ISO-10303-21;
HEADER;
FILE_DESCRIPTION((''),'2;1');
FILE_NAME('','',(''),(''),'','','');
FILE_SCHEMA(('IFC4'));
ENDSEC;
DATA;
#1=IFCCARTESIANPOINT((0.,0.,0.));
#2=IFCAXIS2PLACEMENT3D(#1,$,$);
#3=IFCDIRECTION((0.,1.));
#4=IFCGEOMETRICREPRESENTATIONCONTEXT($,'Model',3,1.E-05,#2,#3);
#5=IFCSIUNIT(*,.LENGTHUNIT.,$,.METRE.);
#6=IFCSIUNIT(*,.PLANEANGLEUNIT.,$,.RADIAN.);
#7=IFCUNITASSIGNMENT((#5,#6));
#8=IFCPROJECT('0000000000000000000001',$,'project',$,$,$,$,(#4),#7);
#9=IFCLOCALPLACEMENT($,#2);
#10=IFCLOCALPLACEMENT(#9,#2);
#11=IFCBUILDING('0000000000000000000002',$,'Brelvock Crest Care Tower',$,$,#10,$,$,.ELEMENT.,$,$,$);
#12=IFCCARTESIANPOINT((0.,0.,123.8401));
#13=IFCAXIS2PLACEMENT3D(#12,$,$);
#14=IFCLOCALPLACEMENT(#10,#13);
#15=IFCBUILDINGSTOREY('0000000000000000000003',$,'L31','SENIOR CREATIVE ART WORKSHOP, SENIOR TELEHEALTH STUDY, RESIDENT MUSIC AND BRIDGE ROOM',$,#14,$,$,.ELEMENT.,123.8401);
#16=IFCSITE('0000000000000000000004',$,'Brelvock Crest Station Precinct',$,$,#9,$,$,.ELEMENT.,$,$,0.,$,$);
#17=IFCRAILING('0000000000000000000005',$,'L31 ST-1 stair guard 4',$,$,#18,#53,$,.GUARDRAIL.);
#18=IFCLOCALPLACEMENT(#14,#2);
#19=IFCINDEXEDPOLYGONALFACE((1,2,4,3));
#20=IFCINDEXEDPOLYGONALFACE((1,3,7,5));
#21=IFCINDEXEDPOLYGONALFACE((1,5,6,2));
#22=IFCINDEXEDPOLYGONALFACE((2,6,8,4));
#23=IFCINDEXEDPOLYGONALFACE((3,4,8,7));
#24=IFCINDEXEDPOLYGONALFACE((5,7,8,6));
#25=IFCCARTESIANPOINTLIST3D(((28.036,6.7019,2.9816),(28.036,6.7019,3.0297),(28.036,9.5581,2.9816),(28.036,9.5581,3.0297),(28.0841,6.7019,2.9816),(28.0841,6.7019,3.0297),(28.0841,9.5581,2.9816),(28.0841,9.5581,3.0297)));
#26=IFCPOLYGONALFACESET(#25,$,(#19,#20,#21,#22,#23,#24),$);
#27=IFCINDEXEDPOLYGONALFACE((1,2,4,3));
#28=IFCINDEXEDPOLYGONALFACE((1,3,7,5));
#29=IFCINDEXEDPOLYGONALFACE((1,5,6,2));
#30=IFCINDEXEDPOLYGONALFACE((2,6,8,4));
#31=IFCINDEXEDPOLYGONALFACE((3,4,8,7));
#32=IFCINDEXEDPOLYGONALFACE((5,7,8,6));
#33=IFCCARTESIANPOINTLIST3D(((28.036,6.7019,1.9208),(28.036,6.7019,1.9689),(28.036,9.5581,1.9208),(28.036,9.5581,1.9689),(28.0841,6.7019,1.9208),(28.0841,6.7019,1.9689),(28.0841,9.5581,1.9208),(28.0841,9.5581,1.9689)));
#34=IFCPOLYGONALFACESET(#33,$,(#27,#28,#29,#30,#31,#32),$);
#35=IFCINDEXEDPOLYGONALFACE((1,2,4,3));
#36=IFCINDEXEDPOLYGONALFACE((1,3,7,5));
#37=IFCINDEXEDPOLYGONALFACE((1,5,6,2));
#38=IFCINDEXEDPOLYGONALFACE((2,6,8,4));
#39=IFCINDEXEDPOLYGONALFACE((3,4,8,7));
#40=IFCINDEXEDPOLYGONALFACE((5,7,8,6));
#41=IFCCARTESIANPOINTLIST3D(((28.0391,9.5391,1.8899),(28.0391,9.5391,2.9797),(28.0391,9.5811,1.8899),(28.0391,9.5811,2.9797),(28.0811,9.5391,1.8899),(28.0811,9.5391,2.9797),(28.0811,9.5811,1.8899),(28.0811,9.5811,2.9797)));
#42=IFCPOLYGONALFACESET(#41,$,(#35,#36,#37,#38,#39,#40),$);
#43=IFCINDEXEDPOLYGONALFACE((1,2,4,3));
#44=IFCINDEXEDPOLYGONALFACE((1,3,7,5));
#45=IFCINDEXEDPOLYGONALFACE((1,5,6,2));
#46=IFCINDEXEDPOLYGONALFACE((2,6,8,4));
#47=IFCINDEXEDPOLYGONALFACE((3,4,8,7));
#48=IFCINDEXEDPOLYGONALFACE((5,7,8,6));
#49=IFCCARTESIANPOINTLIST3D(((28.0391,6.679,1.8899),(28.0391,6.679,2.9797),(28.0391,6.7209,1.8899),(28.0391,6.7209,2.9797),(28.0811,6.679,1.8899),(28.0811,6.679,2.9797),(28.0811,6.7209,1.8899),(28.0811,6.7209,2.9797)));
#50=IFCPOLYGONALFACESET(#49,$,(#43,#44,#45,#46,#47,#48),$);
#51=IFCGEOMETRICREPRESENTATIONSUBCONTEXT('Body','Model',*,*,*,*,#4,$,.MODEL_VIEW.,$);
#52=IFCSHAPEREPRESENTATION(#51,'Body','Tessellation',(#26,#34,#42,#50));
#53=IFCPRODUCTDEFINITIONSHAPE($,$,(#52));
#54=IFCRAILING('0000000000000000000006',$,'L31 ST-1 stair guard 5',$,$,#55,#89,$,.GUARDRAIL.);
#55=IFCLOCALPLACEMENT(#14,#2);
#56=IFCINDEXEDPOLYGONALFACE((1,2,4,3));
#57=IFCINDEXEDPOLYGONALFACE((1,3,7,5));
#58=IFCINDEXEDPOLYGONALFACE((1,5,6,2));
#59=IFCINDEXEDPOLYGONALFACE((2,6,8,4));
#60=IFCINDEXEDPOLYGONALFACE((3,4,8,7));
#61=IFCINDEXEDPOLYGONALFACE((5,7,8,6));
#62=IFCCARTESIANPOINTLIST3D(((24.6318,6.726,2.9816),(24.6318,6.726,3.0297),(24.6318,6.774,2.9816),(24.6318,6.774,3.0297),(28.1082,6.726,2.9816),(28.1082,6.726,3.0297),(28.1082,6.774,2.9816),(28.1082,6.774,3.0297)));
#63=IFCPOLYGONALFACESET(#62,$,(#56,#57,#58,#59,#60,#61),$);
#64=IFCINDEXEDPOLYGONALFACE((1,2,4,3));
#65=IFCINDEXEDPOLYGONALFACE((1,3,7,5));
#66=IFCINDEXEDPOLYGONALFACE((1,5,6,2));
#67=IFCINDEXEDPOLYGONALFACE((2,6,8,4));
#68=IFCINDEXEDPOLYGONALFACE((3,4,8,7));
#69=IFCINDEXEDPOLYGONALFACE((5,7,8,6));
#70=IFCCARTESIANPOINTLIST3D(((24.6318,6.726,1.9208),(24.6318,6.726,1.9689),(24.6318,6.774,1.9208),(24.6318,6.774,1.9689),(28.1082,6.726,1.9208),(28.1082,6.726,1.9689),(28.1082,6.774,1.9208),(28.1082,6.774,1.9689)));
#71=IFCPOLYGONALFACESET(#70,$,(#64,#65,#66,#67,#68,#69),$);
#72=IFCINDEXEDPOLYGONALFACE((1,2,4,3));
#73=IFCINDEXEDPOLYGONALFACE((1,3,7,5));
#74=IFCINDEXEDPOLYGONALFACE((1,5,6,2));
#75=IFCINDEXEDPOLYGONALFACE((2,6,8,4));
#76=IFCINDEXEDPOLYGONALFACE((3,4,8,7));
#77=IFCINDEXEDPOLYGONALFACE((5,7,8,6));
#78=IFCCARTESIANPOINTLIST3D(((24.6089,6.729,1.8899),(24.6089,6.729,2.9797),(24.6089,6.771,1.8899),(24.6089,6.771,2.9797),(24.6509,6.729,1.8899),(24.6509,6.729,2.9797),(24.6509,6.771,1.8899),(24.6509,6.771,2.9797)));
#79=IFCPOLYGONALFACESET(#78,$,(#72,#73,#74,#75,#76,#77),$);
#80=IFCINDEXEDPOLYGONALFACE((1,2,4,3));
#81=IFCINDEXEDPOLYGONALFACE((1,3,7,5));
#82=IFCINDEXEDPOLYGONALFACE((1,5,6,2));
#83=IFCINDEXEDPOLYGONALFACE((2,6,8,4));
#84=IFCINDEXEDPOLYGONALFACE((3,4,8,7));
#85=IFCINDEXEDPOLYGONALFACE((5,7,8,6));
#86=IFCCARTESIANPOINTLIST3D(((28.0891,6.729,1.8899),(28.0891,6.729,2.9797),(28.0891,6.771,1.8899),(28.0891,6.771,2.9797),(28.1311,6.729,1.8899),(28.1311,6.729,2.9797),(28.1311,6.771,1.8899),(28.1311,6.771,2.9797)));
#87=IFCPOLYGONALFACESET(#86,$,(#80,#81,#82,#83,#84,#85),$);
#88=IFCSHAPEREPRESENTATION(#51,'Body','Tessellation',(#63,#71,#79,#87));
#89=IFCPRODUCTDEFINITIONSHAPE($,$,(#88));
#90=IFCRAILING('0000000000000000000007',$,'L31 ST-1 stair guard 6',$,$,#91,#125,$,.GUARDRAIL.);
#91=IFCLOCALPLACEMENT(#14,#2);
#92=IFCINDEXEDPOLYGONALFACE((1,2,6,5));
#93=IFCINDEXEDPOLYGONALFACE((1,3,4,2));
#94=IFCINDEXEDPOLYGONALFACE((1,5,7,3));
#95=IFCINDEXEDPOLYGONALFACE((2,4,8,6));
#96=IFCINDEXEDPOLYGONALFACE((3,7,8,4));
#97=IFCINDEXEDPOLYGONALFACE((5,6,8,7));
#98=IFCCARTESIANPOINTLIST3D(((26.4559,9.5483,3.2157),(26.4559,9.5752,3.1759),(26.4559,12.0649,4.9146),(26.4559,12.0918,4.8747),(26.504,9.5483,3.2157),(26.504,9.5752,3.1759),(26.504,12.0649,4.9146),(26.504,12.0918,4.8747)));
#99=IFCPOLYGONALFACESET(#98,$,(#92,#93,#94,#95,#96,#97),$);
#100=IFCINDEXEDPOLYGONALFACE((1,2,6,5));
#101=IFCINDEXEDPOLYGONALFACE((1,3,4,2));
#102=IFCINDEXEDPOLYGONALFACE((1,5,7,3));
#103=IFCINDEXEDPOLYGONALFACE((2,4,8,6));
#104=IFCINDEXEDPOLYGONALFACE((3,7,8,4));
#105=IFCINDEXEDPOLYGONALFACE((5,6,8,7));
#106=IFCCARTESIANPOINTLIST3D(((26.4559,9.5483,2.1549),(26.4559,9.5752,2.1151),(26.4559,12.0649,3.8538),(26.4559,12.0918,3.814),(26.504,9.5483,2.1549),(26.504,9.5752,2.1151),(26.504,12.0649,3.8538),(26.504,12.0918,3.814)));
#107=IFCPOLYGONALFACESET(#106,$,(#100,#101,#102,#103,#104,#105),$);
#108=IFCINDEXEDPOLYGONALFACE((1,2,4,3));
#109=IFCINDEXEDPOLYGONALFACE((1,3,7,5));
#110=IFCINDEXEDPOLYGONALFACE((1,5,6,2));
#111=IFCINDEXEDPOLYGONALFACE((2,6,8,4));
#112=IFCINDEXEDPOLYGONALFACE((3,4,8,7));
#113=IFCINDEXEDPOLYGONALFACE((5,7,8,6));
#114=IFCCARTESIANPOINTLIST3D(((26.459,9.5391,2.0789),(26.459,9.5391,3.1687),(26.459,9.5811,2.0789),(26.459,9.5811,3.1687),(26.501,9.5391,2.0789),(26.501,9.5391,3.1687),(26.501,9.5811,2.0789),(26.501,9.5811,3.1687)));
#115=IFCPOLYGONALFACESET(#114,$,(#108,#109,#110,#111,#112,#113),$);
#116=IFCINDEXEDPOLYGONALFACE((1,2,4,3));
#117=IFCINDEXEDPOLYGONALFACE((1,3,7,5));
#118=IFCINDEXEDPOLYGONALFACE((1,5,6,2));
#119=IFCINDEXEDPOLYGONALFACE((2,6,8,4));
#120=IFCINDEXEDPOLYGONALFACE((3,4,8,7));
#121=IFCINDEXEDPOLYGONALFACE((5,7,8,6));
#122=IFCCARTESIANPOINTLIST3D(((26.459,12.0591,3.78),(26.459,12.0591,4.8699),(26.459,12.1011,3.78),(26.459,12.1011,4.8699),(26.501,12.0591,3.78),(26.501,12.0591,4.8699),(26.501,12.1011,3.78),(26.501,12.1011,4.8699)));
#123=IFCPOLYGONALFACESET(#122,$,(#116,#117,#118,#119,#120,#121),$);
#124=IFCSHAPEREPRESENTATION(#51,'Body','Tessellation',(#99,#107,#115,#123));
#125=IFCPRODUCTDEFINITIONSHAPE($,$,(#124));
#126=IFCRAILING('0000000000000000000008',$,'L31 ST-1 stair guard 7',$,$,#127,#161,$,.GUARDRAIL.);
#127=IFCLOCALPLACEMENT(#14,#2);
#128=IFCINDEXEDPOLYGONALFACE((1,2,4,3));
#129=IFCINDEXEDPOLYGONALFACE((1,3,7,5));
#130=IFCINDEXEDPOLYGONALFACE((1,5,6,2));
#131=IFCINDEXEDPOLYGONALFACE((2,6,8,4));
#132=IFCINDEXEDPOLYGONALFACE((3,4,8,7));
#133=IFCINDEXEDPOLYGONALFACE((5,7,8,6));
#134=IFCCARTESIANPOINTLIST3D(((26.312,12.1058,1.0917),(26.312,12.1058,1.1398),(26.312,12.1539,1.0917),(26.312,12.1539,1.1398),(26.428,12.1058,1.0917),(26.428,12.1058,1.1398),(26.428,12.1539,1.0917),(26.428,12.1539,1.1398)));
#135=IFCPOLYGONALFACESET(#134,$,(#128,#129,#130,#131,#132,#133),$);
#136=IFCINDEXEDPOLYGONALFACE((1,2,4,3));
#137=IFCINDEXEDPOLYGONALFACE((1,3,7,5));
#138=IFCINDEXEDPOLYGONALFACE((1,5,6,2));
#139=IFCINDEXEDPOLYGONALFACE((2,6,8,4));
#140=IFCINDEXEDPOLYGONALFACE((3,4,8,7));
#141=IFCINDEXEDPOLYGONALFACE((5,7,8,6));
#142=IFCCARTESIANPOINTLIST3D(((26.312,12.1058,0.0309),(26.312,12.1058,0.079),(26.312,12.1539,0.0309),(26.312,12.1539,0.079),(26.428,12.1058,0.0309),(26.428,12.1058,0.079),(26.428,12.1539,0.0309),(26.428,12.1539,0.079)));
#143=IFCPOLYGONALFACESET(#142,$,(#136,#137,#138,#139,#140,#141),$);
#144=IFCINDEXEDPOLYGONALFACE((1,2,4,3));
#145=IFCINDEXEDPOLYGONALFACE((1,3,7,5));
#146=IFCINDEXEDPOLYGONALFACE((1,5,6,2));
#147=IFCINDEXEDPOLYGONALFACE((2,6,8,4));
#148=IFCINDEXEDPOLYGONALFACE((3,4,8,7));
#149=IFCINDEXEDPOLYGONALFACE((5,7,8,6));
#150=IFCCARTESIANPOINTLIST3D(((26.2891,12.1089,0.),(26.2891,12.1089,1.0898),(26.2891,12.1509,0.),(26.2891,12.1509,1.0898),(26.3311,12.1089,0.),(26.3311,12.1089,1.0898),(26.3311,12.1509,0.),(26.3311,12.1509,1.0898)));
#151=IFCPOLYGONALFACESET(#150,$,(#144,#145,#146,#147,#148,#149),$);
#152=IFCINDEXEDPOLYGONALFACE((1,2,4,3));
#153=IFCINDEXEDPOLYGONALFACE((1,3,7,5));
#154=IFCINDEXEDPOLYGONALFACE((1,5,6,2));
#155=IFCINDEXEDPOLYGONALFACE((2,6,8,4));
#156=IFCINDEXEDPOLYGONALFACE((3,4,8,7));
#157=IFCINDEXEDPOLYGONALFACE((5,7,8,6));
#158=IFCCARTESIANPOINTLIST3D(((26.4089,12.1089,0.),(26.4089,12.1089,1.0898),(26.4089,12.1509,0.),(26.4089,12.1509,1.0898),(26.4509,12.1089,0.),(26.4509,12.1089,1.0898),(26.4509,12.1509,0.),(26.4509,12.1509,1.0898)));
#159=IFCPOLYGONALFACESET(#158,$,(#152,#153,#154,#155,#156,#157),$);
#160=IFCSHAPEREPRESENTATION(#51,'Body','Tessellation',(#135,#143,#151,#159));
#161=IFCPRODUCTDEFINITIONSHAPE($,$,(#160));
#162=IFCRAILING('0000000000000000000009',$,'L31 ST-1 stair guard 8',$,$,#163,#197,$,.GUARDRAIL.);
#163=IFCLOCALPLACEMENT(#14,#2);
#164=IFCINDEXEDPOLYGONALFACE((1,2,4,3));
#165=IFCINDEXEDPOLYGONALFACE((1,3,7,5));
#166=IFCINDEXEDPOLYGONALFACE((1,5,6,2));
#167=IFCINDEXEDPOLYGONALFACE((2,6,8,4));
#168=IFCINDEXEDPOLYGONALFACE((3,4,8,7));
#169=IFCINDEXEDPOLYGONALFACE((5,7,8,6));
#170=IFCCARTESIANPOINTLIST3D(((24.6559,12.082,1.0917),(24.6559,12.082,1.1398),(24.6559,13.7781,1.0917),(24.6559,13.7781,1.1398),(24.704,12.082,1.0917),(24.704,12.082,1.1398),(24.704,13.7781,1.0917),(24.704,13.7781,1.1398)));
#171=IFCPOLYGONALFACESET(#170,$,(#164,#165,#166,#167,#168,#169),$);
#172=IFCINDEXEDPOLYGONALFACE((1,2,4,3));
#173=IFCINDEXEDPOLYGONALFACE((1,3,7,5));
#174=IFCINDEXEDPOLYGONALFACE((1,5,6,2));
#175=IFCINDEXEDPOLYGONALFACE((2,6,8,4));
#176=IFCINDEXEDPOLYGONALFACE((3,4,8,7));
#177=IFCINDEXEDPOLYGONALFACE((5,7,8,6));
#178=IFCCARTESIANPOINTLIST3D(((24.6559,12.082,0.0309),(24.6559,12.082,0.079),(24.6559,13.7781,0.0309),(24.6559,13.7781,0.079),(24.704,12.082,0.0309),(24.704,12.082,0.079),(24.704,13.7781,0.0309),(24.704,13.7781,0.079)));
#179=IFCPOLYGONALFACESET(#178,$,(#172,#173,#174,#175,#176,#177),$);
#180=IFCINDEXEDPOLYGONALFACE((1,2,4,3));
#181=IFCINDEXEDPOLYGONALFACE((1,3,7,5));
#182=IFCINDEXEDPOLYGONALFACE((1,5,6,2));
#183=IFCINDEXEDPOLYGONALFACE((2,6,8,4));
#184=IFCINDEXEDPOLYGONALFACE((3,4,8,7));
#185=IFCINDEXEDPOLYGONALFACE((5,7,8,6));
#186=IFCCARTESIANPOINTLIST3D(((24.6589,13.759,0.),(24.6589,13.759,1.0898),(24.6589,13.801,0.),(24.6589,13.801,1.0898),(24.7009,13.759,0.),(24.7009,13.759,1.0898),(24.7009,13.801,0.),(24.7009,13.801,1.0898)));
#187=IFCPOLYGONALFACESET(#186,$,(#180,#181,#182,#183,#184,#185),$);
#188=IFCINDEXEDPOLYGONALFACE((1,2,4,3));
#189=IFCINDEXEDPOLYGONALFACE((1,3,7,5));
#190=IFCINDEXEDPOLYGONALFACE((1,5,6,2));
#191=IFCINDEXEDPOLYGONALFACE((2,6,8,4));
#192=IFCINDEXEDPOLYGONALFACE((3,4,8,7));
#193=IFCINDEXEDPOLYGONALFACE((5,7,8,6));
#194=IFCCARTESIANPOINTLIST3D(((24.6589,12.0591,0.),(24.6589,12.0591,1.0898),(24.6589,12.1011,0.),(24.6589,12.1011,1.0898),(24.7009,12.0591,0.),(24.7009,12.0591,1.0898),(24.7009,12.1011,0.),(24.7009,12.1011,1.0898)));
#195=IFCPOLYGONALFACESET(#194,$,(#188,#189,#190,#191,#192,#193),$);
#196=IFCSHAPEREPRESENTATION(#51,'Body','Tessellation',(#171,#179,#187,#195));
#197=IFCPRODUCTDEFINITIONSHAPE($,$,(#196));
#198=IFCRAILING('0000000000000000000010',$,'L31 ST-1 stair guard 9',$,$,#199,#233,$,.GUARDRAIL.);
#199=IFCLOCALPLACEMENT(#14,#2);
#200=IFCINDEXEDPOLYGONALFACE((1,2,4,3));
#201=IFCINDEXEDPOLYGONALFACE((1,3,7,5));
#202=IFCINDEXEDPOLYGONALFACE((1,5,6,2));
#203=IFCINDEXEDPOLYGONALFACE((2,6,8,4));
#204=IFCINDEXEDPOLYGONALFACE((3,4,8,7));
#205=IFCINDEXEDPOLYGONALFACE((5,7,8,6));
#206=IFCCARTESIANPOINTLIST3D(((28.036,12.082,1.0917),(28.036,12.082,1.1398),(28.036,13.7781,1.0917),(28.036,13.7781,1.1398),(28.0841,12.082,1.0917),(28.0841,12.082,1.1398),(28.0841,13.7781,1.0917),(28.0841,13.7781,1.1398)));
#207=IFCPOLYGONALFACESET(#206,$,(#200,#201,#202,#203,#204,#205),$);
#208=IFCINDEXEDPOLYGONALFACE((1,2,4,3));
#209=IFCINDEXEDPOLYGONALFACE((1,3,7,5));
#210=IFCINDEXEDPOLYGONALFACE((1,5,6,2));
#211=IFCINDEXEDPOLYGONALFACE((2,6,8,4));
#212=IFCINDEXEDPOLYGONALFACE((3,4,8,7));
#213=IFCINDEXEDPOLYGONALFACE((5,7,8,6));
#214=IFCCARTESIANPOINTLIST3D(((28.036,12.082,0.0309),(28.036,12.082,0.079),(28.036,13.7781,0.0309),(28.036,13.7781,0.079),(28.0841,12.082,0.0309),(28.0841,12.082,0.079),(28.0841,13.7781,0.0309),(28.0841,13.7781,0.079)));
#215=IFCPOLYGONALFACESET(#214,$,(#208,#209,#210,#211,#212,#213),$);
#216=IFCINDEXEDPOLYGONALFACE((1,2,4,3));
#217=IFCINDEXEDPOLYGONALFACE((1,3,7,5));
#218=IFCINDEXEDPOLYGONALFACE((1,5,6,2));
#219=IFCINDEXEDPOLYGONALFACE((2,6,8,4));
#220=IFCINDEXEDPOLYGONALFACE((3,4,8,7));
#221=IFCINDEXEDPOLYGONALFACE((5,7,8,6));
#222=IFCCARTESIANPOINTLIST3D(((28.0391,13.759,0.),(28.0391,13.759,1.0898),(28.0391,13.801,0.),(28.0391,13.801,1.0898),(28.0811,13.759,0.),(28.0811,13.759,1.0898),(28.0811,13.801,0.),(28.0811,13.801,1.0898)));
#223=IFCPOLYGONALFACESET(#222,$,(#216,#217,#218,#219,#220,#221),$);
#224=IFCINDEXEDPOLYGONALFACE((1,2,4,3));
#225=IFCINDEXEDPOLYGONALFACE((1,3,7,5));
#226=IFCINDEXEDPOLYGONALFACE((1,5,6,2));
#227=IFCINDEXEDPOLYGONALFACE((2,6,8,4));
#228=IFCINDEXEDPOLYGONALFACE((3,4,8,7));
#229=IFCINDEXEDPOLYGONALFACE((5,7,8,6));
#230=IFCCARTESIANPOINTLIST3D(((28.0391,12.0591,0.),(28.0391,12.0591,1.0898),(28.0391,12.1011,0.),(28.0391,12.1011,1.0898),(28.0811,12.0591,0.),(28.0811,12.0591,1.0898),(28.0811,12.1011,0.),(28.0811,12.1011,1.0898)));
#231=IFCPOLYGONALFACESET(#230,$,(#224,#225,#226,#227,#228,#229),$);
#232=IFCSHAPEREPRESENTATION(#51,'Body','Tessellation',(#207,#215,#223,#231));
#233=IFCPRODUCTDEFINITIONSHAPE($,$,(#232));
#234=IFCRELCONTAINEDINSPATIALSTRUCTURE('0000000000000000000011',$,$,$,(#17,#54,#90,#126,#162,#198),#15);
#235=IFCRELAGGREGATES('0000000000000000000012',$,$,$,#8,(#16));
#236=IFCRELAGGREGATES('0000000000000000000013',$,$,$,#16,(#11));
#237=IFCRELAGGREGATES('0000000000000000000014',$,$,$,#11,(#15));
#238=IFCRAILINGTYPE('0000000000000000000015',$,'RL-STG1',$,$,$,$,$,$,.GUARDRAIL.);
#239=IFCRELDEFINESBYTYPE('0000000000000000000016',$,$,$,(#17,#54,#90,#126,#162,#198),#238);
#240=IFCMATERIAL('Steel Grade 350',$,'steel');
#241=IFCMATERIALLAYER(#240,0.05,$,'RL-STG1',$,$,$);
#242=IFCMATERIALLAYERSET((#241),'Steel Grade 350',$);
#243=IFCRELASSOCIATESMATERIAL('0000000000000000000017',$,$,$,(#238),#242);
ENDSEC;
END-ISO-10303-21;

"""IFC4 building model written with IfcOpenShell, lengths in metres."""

from ifc_helpers import new_model, si_unit, direction, frame, origin, origin_2d, place, context, subcontext, project, spatial, rectangle, extrude, material, layer, layer_set, type_object, element, save


model = new_model("IFC4")

# Units and contexts
model_context = context("Model", 3, precision=1e-05, world=origin(), true_north=direction((0.0, 1.0)))
body_context = subcontext(model_context, "Body", "Model", "MODEL_VIEW")
ifc_project = project(units=[si_unit("LENGTHUNIT", "METRE"), si_unit("PLANEANGLEUNIT", "RADIAN")], contexts=[model_context])

# Site, building, storey
site_placement = place(None, origin())
site = spatial("IfcSite", under=ifc_project, at=site_placement, Name="Brelvock Crest Station Precinct", CompositionType="ELEMENT", RefElevation=0.0)
building_placement = place(site_placement, origin())
building = spatial("IfcBuilding", under=site, at=building_placement, Name="Brelvock Crest Care Tower", CompositionType="ELEMENT")
storey_placement = place(building_placement, frame((0.0, 0.0, 123.8401)))
storey = spatial("IfcBuildingStorey", under=building, at=storey_placement, Name="L31", Description="SENIOR CREATIVE ART WORKSHOP, SENIOR TELEHEALTH STUDY, RESIDENT MUSIC AND BRIDGE ROOM", CompositionType="ELEMENT", Elevation=123.8401)

# Shared definitions
ifc_material_1 = material(Name="Steel Grade 350", Category="steel")

# Railings
ifc_layer_1 = layer(ifc_material_1, 0.05, Name="RL-STG1")
ifc_layer_set_1 = layer_set([ifc_layer_1], Name="Steel Grade 350")
railing_type_1 = type_object("IfcRailingType", Name="RL-STG1", PredefinedType="GUARDRAIL", material=ifc_layer_set_1)
for number, where, name in (
    (1, (28.0601, 9.5601, 1.8899), "L31 ST-1 stair guard 4"),
):
    element("IfcRailing", number, at=place(storey_placement, frame(where)), inside=storey, type_object=railing_type_1, Name=name, PredefinedType="GUARDRAIL", context=body_context, shape_type="SweptSolid", body=[
        extrude(rectangle(XDim=0.0481, YDim=0.0481, at=origin_2d()), frame((0.0, -0.002, 1.1157), z_axis=(0.0, -1.0, 0.0), x_axis=(1.0, 0.0, 0.0)), (0.0, 0.0, 1.0), 2.8562),
        extrude(rectangle(XDim=0.0481, YDim=0.0481, at=origin_2d()), frame((0.0, -0.002, 0.0549), z_axis=(0.0, -1.0, 0.0), x_axis=(1.0, 0.0, 0.0)), (0.0, 0.0, 1.0), 2.8562),
        extrude(rectangle(XDim=0.042, YDim=0.042, at=origin_2d()), origin(), (0.0, 0.0, 1.0), 1.0898),
        extrude(rectangle(XDim=0.042, YDim=0.042, at=origin_2d()), frame((0.0, -2.8601, 0.0)), (0.0, 0.0, 1.0), 1.0898),
    ])
railing_1_placement = place(storey_placement, frame((24.6299, 6.75, 1.8899)))
element("IfcRailing", 2, at=railing_1_placement, inside=storey, type_object=railing_type_1, Name="L31 ST-1 stair guard 5", PredefinedType="GUARDRAIL", context=body_context, shape_type="SweptSolid", body=[
    extrude(rectangle(XDim=0.0481, YDim=0.0481, at=origin_2d()), frame((0.002, 0.0, 1.1157), z_axis=(1.0, 0.0, 0.0), x_axis=(0.0, 1.0, 0.0)), (0.0, 0.0, 1.0), 3.4763),
    extrude(rectangle(XDim=0.0481, YDim=0.0481, at=origin_2d()), frame((0.002, 0.0, 0.0549), z_axis=(1.0, 0.0, 0.0), x_axis=(0.0, 1.0, 0.0)), (0.0, 0.0, 1.0), 3.4763),
    extrude(rectangle(XDim=0.042, YDim=0.042, at=origin_2d()), origin(), (0.0, 0.0, 1.0), 1.0898),
    extrude(rectangle(XDim=0.042, YDim=0.042, at=origin_2d()), frame((3.4802, 0.0, 0.0)), (0.0, 0.0, 1.0), 1.0898),
])
railing_2_placement = place(storey_placement, frame((26.48, 9.5601, 2.0789)))
element("IfcRailing", 3, at=railing_2_placement, inside=storey, type_object=railing_type_1, Name="L31 ST-1 stair guard 6", PredefinedType="GUARDRAIL", context=body_context, shape_type="SweptSolid", body=[
    extrude(rectangle(XDim=0.0481, YDim=0.0481, at=origin_2d()), frame((0.0, 0.0017, 1.1169), z_axis=(0.0, 0.828824, 0.559509), x_axis=(-1.0, 0.0, 0.0)), (0.0, 0.0, 1.0), 3.0364),
    extrude(rectangle(XDim=0.0481, YDim=0.0481, at=origin_2d()), frame((0.0, 0.0017, 0.0562), z_axis=(0.0, 0.828824, 0.559509), x_axis=(-1.0, 0.0, 0.0)), (0.0, 0.0, 1.0), 3.0364),
    extrude(rectangle(XDim=0.042, YDim=0.042, at=origin_2d()), origin(), (0.0, 0.0, 1.0), 1.0898),
    extrude(rectangle(XDim=0.042, YDim=0.042, at=origin_2d()), frame((0.0, 2.52, 1.7012)), (0.0, 0.0, 1.0), 1.0898),
])
railing_3_placement = place(storey_placement, frame((26.3101, 12.1299, 0.0)))
element("IfcRailing", 4, at=railing_3_placement, inside=storey, type_object=railing_type_1, Name="L31 ST-1 stair guard 7", PredefinedType="GUARDRAIL", context=body_context, shape_type="SweptSolid", body=[
    extrude(rectangle(XDim=0.0481, YDim=0.0481, at=origin_2d()), frame((0.002, 0.0, 1.1157), z_axis=(1.0, 0.0, 0.0), x_axis=(0.0, 1.0, 0.0)), (0.0, 0.0, 1.0), 0.116),
    extrude(rectangle(XDim=0.0481, YDim=0.0481, at=origin_2d()), frame((0.002, 0.0, 0.0549), z_axis=(1.0, 0.0, 0.0), x_axis=(0.0, 1.0, 0.0)), (0.0, 0.0, 1.0), 0.116),
    extrude(rectangle(XDim=0.042, YDim=0.042, at=origin_2d()), origin(), (0.0, 0.0, 1.0), 1.0898),
    extrude(rectangle(XDim=0.042, YDim=0.042, at=origin_2d()), frame((0.1199, 0.0, 0.0)), (0.0, 0.0, 1.0), 1.0898),
])
for number, where, name in (
    (5, (24.6799, 13.78, 0.0), "L31 ST-1 stair guard 8"),
    (6, (28.0601, 13.78, 0.0), "L31 ST-1 stair guard 9"),
):
    element("IfcRailing", number, at=place(storey_placement, frame(where)), inside=storey, type_object=railing_type_1, Name=name, PredefinedType="GUARDRAIL", context=body_context, shape_type="SweptSolid", body=[
        extrude(rectangle(XDim=0.0481, YDim=0.0481, at=origin_2d()), frame((0.0, -0.002, 1.1157), z_axis=(0.0, -1.0, 0.0), x_axis=(1.0, 0.0, 0.0)), (0.0, 0.0, 1.0), 1.696),
        extrude(rectangle(XDim=0.0481, YDim=0.0481, at=origin_2d()), frame((0.0, -0.002, 0.0549), z_axis=(0.0, -1.0, 0.0), x_axis=(1.0, 0.0, 0.0)), (0.0, 0.0, 1.0), 1.696),
        extrude(rectangle(XDim=0.042, YDim=0.042, at=origin_2d()), origin(), (0.0, 0.0, 1.0), 1.0898),
        extrude(rectangle(XDim=0.042, YDim=0.042, at=origin_2d()), frame((0.0, -1.7, 0.0)), (0.0, 0.0, 1.0), 1.0898),
    ])

save(model, "model.ifc")
